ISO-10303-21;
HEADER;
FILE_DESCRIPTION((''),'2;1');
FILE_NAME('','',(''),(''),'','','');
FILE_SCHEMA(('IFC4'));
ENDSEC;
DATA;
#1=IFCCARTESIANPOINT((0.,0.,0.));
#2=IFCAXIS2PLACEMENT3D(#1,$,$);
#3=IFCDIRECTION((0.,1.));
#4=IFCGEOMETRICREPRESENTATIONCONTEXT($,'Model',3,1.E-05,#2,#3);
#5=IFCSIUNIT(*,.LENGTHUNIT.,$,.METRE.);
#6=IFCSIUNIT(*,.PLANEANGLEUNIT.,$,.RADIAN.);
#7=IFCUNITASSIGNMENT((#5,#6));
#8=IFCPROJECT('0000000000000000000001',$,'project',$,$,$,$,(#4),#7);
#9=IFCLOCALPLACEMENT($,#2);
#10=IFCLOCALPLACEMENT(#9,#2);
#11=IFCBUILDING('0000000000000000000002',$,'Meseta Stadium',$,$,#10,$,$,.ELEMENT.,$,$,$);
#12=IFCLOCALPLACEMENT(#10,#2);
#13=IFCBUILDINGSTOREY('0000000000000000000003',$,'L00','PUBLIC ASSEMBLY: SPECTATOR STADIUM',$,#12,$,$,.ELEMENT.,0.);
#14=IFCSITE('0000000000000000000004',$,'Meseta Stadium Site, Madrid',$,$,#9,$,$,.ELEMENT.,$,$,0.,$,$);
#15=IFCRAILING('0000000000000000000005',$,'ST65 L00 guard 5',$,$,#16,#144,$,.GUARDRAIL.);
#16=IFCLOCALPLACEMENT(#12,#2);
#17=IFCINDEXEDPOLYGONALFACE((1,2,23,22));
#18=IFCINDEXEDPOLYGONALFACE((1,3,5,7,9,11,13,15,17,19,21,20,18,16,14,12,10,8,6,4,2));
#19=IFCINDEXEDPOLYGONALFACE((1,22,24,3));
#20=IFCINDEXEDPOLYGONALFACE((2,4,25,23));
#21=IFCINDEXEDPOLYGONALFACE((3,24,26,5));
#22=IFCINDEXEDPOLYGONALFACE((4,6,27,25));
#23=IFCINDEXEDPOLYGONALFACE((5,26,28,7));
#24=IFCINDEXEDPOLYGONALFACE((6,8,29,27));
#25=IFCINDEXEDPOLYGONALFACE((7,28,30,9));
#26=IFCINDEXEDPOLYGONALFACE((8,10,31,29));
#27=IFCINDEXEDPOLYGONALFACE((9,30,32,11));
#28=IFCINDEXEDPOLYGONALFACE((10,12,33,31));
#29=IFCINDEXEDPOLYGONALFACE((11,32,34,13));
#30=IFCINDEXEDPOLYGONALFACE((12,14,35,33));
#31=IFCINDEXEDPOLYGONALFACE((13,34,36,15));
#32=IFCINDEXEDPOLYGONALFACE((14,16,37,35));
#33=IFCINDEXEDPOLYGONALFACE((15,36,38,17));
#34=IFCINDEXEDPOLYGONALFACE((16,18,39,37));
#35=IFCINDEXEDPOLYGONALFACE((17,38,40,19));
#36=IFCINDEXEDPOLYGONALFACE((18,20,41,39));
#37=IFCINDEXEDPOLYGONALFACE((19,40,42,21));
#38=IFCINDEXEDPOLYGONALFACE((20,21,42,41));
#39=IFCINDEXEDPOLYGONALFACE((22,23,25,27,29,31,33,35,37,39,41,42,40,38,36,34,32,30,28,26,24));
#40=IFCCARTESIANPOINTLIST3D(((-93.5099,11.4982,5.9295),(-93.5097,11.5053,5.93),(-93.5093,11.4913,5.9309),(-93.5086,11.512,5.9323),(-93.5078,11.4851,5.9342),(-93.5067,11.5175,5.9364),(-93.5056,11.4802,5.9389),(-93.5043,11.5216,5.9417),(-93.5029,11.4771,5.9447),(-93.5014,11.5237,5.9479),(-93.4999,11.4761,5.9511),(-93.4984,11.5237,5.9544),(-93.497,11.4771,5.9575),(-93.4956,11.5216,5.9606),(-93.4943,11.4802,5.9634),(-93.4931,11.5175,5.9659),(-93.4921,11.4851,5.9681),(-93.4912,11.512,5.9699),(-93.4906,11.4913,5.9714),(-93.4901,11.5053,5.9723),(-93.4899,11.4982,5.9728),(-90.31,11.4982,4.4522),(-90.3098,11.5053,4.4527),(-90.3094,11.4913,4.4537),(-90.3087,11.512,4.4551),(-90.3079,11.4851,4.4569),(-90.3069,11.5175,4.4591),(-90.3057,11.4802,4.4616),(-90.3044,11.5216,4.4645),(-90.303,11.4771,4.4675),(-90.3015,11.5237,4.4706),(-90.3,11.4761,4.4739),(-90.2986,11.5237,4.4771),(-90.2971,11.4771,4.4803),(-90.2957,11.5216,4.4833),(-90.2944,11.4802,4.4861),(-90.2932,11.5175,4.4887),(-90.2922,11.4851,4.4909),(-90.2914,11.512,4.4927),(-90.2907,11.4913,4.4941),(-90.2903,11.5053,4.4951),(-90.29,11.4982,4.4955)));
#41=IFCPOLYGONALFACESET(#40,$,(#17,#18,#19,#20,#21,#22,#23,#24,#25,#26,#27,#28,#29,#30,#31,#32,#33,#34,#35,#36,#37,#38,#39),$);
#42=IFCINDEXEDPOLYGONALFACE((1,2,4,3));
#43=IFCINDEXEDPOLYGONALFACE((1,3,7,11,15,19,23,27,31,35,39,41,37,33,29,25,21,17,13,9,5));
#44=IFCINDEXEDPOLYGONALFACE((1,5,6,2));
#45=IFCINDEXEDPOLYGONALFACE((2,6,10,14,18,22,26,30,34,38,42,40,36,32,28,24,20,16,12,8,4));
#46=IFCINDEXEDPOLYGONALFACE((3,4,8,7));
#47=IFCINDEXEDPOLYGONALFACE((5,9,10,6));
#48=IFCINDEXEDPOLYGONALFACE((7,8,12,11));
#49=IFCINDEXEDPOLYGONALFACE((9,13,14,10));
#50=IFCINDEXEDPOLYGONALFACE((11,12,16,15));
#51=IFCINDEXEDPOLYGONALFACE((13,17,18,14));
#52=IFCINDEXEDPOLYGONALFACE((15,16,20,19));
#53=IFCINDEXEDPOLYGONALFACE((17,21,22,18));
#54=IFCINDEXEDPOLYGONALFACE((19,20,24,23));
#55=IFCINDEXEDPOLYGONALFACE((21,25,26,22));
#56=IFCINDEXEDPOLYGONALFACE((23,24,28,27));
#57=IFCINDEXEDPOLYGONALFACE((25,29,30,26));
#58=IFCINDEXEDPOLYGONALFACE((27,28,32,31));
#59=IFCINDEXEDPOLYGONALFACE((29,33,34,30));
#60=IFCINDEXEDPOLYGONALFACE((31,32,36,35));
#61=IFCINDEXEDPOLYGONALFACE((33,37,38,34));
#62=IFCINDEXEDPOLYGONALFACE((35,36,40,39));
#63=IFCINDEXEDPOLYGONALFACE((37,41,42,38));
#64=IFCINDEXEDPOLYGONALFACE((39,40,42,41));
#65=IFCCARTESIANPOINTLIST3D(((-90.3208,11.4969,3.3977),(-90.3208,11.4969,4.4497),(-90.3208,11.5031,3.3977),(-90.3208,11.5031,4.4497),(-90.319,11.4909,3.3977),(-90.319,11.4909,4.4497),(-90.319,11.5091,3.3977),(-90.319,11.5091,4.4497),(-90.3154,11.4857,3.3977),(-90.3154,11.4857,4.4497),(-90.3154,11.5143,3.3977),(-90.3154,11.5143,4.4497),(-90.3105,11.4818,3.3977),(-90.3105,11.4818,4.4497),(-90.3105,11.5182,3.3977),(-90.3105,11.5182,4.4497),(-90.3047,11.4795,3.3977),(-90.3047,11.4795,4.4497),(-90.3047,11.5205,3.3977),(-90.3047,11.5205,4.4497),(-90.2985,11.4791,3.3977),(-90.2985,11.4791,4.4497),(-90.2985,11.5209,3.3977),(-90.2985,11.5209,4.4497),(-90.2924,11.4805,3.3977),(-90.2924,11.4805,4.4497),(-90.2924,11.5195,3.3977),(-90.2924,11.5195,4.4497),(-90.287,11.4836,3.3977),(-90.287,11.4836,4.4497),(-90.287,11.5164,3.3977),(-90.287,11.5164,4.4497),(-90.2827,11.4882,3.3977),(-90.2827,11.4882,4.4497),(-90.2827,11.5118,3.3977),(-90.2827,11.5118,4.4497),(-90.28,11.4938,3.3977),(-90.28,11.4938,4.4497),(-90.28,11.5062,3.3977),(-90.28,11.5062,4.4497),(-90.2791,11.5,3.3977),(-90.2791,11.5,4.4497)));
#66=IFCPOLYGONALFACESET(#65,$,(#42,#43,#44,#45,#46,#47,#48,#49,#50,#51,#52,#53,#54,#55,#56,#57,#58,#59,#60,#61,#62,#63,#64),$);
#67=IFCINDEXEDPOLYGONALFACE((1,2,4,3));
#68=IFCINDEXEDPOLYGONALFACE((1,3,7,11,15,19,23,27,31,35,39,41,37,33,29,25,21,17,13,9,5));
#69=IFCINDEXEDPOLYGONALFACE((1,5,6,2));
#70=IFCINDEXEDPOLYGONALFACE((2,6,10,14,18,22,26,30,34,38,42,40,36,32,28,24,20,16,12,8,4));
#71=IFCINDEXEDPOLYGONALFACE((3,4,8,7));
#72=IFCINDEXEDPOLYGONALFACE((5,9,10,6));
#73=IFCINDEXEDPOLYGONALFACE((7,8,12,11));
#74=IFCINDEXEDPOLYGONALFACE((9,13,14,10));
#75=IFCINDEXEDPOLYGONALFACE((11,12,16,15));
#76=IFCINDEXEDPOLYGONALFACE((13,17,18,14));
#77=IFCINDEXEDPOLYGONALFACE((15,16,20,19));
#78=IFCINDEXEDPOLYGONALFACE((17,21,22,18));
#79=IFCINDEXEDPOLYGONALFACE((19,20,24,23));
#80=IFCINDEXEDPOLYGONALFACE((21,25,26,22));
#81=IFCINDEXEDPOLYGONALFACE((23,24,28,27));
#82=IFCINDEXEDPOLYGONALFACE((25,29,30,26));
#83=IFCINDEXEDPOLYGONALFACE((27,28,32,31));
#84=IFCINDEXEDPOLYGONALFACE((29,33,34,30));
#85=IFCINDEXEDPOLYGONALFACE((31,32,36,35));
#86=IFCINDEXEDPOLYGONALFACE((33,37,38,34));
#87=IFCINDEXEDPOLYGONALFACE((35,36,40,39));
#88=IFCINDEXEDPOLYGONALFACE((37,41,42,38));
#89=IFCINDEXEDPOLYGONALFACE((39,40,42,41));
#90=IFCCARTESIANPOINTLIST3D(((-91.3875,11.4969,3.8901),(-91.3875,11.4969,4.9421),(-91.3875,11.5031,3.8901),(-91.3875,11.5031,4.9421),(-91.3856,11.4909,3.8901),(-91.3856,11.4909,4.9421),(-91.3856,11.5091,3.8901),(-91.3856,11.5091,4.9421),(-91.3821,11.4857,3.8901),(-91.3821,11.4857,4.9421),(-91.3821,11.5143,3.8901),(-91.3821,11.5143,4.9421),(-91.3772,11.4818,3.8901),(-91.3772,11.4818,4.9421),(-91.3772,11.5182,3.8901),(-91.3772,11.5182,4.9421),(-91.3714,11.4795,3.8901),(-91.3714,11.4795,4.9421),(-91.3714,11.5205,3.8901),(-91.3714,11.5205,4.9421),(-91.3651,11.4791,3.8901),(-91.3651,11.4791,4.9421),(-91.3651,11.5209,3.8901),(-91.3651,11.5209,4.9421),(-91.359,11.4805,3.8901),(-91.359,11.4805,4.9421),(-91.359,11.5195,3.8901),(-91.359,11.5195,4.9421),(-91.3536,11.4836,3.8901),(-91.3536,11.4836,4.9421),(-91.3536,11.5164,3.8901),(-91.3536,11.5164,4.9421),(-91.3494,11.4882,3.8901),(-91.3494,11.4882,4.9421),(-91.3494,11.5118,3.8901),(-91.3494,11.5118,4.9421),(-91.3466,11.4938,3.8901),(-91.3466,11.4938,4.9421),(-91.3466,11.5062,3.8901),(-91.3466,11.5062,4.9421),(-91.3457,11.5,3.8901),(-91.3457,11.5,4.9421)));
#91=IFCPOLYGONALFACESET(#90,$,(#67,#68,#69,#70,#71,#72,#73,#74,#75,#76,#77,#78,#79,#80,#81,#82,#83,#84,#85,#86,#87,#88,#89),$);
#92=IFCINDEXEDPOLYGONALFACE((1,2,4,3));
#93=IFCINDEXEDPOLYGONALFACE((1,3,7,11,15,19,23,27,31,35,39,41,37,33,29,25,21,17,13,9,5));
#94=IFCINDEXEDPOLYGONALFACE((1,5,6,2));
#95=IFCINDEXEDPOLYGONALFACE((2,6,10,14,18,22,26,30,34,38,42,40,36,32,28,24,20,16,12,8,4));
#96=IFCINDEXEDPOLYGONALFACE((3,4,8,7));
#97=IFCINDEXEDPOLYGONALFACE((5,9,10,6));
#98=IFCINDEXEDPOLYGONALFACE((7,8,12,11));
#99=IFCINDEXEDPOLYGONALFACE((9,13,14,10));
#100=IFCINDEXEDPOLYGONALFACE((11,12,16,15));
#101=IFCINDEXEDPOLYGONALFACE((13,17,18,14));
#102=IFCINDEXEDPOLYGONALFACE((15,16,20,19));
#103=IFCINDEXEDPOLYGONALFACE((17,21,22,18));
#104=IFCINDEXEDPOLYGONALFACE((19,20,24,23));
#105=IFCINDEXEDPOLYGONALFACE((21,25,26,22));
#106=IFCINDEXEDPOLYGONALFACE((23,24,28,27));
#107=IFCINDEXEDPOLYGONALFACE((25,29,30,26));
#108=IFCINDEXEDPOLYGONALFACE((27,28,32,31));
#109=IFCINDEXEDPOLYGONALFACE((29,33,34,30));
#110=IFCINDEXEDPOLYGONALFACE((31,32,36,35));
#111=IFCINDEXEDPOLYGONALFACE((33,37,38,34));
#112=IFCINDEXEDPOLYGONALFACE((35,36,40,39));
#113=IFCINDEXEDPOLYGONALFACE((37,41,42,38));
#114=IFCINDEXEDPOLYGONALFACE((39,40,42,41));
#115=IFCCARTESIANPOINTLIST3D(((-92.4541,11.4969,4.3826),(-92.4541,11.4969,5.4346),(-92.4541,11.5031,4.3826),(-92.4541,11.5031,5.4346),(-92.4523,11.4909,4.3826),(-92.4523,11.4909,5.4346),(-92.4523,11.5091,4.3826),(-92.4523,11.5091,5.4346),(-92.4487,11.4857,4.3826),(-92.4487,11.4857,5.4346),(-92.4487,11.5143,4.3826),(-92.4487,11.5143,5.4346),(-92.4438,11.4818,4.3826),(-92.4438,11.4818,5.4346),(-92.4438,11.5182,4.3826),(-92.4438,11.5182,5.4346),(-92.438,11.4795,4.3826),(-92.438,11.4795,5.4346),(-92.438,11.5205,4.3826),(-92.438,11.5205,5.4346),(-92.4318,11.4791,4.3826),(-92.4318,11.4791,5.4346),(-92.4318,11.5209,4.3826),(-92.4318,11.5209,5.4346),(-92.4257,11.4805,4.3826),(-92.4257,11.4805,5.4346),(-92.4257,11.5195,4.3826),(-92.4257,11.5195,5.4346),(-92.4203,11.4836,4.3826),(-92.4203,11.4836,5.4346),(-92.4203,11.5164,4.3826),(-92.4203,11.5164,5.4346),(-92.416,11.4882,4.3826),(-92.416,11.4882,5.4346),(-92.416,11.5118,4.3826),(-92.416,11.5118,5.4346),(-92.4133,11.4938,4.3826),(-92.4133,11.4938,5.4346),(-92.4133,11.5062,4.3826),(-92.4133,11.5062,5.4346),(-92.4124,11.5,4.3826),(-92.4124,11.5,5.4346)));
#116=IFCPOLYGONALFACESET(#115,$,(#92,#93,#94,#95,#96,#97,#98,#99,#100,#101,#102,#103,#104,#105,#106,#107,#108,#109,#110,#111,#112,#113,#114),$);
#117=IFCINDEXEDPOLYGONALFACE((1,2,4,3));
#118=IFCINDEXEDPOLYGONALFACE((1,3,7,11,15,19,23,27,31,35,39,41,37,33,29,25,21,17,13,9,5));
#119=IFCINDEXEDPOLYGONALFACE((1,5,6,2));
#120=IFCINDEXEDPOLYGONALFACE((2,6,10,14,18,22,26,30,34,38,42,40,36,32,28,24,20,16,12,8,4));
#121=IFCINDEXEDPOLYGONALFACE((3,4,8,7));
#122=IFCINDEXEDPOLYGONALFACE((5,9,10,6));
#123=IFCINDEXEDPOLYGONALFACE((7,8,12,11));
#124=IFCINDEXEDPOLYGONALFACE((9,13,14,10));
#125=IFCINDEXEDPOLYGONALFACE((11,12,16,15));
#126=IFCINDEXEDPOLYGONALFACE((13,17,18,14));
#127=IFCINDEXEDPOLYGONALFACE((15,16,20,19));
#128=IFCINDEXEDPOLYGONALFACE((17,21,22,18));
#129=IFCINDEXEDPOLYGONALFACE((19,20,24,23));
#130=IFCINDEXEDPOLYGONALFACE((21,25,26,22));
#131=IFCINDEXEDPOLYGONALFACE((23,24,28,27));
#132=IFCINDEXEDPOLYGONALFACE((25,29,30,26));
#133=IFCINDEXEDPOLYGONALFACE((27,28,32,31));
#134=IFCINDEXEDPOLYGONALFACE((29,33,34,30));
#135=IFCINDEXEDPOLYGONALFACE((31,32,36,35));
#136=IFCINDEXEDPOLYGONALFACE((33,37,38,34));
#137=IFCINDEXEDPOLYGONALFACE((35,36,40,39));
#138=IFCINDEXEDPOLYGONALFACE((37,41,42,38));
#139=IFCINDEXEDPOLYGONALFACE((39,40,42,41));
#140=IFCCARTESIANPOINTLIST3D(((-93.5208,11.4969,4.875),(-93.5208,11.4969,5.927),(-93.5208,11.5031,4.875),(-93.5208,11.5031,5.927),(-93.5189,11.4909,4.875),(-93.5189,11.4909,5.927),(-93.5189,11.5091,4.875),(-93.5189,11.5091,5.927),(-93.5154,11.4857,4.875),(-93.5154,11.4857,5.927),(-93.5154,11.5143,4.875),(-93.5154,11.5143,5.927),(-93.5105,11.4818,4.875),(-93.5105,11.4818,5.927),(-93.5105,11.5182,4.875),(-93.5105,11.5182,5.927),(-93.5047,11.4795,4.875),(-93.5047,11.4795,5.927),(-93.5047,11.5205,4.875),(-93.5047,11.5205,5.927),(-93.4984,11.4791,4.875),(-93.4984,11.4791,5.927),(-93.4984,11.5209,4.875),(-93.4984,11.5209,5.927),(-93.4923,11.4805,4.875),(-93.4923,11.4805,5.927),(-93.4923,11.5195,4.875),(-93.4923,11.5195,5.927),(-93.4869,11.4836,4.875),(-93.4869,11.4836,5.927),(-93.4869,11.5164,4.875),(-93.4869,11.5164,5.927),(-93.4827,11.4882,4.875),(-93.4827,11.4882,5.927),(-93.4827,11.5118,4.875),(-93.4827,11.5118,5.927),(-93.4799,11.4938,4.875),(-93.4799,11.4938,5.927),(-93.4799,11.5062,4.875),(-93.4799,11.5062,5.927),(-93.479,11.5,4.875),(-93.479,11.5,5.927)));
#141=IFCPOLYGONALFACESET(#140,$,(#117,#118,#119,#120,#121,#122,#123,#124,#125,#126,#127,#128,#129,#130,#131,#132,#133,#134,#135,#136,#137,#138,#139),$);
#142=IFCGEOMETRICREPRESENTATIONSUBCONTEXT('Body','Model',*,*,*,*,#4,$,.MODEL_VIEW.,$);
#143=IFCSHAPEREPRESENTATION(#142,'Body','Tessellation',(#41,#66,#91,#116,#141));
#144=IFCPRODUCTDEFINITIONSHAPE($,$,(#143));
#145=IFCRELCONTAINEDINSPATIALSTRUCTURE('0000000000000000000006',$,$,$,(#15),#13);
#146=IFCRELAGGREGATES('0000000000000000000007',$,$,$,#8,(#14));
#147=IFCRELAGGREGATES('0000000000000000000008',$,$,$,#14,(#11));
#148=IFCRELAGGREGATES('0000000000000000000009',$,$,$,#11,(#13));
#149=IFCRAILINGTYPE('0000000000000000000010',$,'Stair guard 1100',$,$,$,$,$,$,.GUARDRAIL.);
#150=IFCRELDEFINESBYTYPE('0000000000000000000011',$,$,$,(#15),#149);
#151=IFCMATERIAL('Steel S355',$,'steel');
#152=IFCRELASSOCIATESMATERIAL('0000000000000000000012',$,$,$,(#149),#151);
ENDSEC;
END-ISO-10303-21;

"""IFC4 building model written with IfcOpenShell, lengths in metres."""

from ifc_helpers import new_model, si_unit, direction, frame, origin, origin_2d, place, context, subcontext, project, spatial, circle, extrude, material, type_object, element, save


model = new_model("IFC4")

# Units and contexts
model_context = context("Model", 3, precision=1e-05, world=origin(), true_north=direction((0.0, 1.0)))
body_context = subcontext(model_context, "Body", "Model", "MODEL_VIEW")
ifc_project = project(units=[si_unit("LENGTHUNIT", "METRE"), si_unit("PLANEANGLEUNIT", "RADIAN")], contexts=[model_context])

# Site, building, storey
site_placement = place(None, origin())
site = spatial("IfcSite", under=ifc_project, at=site_placement, Name="Meseta Stadium Site, Madrid", CompositionType="ELEMENT", RefElevation=0.0)
building_placement = place(site_placement, origin())
building = spatial("IfcBuilding", under=site, at=building_placement, Name="Meseta Stadium", CompositionType="ELEMENT")
storey_placement = place(building_placement, origin())
storey = spatial("IfcBuildingStorey", under=building, at=storey_placement, Name="L00", Description="PUBLIC ASSEMBLY: SPECTATOR STADIUM", CompositionType="ELEMENT", Elevation=0.0)

# Railing
ifc_material_1 = material(Name="Steel S355", Category="steel")
railing_type_1 = type_object("IfcRailingType", Name="Stair guard 1100", PredefinedType="GUARDRAIL", material=ifc_material_1)
for number, where, name in (
    (1, (-90.3, 11.5, 3.3977), "ST65 L00 guard 5"),
):
    element("IfcRailing", number, at=place(storey_placement, frame(where)), inside=storey, type_object=railing_type_1, Name=name, PredefinedType="GUARDRAIL", context=body_context, shape_type="SweptSolid", body=[
        extrude(circle(Radius=0.0239, at=origin_2d()), frame((0.0, 0.0, 1.0762), z_axis=(-0.907917, 0.0, 0.41915), x_axis=(0.0, -1.0, 0.0)), (0.0, 0.0, 1.0), 3.5244),
        extrude(circle(Radius=0.021, at=origin_2d()), origin(), (0.0, 0.0, 1.0), 1.052),
        extrude(circle(Radius=0.021, at=origin_2d()), frame((-1.0667, 0.0, 0.4924)), (0.0, 0.0, 1.0), 1.052),
        extrude(circle(Radius=0.021, at=origin_2d()), frame((-2.1333, 0.0, 0.9849)), (0.0, 0.0, 1.0), 1.052),
        extrude(circle(Radius=0.021, at=origin_2d()), frame((-3.2, 0.0, 1.4773)), (0.0, 0.0, 1.0), 1.052),
    ])

save(model, "model.ifc")
